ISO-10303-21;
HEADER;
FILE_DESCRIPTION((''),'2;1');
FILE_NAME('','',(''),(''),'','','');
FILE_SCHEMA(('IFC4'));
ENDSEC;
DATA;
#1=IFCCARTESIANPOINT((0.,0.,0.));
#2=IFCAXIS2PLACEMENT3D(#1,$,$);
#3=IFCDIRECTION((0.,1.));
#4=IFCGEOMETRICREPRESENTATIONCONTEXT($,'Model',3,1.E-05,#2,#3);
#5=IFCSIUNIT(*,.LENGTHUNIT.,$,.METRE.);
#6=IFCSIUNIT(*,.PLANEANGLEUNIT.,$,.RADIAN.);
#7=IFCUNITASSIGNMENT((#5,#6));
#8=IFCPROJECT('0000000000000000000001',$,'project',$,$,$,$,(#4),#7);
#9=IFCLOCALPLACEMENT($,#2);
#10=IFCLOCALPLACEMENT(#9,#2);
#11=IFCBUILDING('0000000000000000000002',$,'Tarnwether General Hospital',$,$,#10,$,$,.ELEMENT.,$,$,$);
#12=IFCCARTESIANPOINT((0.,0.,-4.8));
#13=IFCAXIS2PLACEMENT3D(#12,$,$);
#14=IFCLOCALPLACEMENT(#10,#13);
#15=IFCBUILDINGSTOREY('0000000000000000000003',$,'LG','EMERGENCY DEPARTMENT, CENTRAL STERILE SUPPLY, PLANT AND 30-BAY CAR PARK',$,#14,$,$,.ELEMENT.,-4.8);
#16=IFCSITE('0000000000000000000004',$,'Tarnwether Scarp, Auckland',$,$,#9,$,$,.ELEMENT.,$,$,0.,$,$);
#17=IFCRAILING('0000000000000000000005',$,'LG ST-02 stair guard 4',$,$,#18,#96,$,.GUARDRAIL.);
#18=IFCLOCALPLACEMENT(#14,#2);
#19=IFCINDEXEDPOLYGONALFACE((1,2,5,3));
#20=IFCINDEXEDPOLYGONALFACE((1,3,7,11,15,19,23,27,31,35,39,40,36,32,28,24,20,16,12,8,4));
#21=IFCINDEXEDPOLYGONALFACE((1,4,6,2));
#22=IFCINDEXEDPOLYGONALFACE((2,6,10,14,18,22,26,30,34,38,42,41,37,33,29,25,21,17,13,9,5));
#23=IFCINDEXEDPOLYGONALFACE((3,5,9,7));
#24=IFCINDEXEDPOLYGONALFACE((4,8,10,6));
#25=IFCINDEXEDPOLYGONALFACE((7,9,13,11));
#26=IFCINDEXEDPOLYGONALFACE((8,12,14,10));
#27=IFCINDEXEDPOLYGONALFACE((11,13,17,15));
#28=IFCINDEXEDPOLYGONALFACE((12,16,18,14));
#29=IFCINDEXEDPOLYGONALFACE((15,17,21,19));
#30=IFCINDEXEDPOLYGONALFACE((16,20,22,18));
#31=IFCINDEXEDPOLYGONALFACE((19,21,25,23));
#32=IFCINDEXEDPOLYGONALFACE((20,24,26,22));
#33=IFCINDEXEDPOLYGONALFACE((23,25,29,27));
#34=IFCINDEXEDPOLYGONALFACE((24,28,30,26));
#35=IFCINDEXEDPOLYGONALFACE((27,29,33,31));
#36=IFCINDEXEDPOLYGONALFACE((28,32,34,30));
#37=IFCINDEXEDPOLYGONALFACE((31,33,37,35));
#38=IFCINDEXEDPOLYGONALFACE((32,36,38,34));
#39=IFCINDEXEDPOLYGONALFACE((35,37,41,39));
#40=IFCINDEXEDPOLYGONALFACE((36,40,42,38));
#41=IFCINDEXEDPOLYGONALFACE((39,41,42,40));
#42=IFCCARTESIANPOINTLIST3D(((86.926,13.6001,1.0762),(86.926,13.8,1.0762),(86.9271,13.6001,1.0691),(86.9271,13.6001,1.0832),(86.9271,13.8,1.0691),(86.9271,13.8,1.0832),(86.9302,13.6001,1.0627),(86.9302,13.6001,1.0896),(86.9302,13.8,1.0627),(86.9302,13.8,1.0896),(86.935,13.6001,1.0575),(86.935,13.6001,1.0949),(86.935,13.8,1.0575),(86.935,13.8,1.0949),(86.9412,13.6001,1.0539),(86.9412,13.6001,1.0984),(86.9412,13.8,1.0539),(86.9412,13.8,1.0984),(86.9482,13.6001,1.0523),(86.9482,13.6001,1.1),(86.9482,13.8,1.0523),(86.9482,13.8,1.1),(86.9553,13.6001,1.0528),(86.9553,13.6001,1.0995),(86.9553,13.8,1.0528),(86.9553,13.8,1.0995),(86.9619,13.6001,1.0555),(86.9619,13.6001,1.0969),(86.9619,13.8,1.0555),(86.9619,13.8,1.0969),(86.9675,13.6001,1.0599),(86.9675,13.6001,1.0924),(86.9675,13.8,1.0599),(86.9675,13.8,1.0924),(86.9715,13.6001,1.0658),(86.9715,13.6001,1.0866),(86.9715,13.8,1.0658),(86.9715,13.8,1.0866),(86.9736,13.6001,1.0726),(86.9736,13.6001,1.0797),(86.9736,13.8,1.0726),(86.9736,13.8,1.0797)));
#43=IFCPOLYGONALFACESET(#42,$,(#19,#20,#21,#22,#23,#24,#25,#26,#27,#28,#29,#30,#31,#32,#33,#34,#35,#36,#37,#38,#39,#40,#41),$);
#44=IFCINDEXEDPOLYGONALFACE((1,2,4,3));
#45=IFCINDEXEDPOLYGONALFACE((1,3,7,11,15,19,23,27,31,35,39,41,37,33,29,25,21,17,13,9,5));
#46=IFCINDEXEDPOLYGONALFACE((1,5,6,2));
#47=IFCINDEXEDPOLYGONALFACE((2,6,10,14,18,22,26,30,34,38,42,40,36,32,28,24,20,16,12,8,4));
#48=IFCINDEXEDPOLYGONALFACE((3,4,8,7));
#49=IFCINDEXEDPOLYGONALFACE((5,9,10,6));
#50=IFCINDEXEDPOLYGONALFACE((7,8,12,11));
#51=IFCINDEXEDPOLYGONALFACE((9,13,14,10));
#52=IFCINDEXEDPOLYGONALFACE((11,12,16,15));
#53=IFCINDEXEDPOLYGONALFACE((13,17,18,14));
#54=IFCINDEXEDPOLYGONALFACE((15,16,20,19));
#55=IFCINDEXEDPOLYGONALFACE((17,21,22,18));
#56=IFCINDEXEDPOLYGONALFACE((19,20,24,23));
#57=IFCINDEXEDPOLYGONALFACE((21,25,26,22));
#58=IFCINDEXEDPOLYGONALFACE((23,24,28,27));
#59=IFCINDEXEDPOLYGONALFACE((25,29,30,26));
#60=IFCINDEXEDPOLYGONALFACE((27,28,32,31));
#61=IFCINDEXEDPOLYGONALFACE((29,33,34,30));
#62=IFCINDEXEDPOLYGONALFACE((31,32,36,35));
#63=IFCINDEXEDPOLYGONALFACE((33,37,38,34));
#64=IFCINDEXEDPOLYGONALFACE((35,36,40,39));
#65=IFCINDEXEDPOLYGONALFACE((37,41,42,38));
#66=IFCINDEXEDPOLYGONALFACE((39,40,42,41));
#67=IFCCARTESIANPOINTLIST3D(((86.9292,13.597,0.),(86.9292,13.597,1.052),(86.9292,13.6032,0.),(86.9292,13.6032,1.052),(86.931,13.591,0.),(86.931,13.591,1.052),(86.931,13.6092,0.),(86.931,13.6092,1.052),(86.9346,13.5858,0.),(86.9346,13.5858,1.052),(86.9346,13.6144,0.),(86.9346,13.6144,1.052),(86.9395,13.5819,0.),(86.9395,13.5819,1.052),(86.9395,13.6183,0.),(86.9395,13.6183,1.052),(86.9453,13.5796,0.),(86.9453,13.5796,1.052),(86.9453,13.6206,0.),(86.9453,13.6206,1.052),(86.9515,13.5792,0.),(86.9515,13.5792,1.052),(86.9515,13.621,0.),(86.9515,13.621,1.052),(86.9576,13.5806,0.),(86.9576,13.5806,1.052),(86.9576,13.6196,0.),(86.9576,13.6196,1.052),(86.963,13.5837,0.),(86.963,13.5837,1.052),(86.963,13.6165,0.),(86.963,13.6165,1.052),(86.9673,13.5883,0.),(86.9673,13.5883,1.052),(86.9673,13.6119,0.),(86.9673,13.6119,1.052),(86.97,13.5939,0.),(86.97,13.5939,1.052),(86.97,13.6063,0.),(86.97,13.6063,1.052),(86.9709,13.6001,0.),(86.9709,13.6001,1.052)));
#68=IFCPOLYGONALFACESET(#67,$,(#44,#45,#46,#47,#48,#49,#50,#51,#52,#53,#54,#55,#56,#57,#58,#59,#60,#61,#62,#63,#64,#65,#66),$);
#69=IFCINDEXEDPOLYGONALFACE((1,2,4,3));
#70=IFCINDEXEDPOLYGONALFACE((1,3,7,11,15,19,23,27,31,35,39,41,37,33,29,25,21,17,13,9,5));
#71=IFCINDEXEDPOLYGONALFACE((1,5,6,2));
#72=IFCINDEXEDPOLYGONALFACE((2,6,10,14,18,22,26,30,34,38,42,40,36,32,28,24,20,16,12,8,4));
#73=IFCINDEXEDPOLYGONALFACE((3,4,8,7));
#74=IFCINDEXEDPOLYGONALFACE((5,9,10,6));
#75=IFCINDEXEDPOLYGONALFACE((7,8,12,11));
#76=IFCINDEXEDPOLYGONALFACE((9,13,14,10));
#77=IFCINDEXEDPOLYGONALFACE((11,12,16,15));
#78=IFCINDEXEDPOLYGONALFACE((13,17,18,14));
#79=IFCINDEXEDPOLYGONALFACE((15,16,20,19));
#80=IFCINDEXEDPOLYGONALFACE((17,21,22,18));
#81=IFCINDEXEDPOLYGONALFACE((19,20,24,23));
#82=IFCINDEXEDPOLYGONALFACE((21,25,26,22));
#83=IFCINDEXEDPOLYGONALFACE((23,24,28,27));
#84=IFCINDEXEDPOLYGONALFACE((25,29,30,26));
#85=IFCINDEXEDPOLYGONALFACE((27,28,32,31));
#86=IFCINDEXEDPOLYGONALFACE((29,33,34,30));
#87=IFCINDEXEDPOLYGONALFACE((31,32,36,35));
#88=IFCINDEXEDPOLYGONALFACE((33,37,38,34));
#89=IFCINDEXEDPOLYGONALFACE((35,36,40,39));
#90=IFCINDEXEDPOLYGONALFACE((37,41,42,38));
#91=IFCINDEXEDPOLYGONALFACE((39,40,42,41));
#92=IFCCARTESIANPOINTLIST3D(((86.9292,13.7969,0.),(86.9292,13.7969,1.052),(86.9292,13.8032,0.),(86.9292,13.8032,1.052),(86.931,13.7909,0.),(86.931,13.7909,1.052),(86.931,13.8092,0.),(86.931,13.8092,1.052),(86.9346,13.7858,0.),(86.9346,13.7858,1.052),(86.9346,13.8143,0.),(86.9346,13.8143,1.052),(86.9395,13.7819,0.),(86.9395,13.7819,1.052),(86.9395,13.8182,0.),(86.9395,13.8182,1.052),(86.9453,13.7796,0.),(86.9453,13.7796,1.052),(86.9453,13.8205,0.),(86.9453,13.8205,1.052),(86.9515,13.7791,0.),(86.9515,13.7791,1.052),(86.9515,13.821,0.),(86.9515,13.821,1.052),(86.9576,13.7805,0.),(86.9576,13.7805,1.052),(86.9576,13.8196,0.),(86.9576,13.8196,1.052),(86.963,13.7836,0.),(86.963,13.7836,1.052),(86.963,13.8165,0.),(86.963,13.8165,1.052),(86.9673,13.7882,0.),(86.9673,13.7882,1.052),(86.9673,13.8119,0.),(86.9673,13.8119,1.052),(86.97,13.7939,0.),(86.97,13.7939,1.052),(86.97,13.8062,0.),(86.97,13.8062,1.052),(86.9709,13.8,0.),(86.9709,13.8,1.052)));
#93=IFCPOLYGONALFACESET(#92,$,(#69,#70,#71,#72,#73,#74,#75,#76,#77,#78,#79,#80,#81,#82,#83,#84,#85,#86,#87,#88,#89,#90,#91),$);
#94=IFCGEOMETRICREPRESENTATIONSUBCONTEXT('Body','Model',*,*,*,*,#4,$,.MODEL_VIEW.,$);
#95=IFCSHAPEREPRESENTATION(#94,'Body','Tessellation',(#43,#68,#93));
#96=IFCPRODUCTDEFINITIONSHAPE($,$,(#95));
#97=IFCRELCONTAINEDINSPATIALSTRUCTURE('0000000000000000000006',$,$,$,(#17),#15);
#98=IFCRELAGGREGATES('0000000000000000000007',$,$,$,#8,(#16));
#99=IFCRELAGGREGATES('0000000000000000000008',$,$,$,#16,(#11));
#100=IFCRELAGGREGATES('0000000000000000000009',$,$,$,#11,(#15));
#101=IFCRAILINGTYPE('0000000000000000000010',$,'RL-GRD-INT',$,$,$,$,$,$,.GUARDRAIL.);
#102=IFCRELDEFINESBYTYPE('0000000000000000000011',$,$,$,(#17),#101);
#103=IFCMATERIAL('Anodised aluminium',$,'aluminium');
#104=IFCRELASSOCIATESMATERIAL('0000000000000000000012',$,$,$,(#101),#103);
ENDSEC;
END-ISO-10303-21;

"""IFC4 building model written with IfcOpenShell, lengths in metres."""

from ifc_helpers import new_model, si_unit, direction, frame, origin, origin_2d, place, context, subcontext, project, spatial, circle, extrude, material, type_object, element, save


model = new_model("IFC4")

# Units and contexts
model_context = context("Model", 3, precision=1e-05, world=origin(), true_north=direction((0.0, 1.0)))
body_context = subcontext(model_context, "Body", "Model", "MODEL_VIEW")
ifc_project = project(units=[si_unit("LENGTHUNIT", "METRE"), si_unit("PLANEANGLEUNIT", "RADIAN")], contexts=[model_context])

# Site, building, storey
site_placement = place(None, origin())
site = spatial("IfcSite", under=ifc_project, at=site_placement, Name="Tarnwether Scarp, Auckland", CompositionType="ELEMENT", RefElevation=0.0)
building_placement = place(site_placement, origin())
building = spatial("IfcBuilding", under=site, at=building_placement, Name="Tarnwether General Hospital", CompositionType="ELEMENT")
storey_placement = place(building_placement, frame((0.0, 0.0, -4.8)))
storey = spatial("IfcBuildingStorey", under=building, at=storey_placement, Name="LG", Description="EMERGENCY DEPARTMENT, CENTRAL STERILE SUPPLY, PLANT AND 30-BAY CAR PARK", CompositionType="ELEMENT", Elevation=-4.8)

# Railing
ifc_material_1 = material(Name="Anodised aluminium", Category="aluminium")
railing_type_1 = type_object("IfcRailingType", Name="RL-GRD-INT", PredefinedType="GUARDRAIL", material=ifc_material_1)
railing_1_placement = place(storey_placement, frame((86.95, 13.6001, 0.0)))
element("IfcRailing", 1, at=railing_1_placement, inside=storey, type_object=railing_type_1, Name="LG ST-02 stair guard 4", PredefinedType="GUARDRAIL", context=body_context, shape_type="SweptSolid", body=[
    extrude(circle(Radius=0.0239, at=origin_2d()), frame((0.0, 0.0, 1.0762), z_axis=(0.0, 1.0, 0.0), x_axis=(-1.0, 0.0, 0.0)), (0.0, 0.0, 1.0), 0.2),
    extrude(circle(Radius=0.021, at=origin_2d()), origin(), (0.0, 0.0, 1.0), 1.052),
    extrude(circle(Radius=0.021, at=origin_2d()), frame((0.0, 0.2, 0.0)), (0.0, 0.0, 1.0), 1.052),
])

save(model, "model.ifc")
